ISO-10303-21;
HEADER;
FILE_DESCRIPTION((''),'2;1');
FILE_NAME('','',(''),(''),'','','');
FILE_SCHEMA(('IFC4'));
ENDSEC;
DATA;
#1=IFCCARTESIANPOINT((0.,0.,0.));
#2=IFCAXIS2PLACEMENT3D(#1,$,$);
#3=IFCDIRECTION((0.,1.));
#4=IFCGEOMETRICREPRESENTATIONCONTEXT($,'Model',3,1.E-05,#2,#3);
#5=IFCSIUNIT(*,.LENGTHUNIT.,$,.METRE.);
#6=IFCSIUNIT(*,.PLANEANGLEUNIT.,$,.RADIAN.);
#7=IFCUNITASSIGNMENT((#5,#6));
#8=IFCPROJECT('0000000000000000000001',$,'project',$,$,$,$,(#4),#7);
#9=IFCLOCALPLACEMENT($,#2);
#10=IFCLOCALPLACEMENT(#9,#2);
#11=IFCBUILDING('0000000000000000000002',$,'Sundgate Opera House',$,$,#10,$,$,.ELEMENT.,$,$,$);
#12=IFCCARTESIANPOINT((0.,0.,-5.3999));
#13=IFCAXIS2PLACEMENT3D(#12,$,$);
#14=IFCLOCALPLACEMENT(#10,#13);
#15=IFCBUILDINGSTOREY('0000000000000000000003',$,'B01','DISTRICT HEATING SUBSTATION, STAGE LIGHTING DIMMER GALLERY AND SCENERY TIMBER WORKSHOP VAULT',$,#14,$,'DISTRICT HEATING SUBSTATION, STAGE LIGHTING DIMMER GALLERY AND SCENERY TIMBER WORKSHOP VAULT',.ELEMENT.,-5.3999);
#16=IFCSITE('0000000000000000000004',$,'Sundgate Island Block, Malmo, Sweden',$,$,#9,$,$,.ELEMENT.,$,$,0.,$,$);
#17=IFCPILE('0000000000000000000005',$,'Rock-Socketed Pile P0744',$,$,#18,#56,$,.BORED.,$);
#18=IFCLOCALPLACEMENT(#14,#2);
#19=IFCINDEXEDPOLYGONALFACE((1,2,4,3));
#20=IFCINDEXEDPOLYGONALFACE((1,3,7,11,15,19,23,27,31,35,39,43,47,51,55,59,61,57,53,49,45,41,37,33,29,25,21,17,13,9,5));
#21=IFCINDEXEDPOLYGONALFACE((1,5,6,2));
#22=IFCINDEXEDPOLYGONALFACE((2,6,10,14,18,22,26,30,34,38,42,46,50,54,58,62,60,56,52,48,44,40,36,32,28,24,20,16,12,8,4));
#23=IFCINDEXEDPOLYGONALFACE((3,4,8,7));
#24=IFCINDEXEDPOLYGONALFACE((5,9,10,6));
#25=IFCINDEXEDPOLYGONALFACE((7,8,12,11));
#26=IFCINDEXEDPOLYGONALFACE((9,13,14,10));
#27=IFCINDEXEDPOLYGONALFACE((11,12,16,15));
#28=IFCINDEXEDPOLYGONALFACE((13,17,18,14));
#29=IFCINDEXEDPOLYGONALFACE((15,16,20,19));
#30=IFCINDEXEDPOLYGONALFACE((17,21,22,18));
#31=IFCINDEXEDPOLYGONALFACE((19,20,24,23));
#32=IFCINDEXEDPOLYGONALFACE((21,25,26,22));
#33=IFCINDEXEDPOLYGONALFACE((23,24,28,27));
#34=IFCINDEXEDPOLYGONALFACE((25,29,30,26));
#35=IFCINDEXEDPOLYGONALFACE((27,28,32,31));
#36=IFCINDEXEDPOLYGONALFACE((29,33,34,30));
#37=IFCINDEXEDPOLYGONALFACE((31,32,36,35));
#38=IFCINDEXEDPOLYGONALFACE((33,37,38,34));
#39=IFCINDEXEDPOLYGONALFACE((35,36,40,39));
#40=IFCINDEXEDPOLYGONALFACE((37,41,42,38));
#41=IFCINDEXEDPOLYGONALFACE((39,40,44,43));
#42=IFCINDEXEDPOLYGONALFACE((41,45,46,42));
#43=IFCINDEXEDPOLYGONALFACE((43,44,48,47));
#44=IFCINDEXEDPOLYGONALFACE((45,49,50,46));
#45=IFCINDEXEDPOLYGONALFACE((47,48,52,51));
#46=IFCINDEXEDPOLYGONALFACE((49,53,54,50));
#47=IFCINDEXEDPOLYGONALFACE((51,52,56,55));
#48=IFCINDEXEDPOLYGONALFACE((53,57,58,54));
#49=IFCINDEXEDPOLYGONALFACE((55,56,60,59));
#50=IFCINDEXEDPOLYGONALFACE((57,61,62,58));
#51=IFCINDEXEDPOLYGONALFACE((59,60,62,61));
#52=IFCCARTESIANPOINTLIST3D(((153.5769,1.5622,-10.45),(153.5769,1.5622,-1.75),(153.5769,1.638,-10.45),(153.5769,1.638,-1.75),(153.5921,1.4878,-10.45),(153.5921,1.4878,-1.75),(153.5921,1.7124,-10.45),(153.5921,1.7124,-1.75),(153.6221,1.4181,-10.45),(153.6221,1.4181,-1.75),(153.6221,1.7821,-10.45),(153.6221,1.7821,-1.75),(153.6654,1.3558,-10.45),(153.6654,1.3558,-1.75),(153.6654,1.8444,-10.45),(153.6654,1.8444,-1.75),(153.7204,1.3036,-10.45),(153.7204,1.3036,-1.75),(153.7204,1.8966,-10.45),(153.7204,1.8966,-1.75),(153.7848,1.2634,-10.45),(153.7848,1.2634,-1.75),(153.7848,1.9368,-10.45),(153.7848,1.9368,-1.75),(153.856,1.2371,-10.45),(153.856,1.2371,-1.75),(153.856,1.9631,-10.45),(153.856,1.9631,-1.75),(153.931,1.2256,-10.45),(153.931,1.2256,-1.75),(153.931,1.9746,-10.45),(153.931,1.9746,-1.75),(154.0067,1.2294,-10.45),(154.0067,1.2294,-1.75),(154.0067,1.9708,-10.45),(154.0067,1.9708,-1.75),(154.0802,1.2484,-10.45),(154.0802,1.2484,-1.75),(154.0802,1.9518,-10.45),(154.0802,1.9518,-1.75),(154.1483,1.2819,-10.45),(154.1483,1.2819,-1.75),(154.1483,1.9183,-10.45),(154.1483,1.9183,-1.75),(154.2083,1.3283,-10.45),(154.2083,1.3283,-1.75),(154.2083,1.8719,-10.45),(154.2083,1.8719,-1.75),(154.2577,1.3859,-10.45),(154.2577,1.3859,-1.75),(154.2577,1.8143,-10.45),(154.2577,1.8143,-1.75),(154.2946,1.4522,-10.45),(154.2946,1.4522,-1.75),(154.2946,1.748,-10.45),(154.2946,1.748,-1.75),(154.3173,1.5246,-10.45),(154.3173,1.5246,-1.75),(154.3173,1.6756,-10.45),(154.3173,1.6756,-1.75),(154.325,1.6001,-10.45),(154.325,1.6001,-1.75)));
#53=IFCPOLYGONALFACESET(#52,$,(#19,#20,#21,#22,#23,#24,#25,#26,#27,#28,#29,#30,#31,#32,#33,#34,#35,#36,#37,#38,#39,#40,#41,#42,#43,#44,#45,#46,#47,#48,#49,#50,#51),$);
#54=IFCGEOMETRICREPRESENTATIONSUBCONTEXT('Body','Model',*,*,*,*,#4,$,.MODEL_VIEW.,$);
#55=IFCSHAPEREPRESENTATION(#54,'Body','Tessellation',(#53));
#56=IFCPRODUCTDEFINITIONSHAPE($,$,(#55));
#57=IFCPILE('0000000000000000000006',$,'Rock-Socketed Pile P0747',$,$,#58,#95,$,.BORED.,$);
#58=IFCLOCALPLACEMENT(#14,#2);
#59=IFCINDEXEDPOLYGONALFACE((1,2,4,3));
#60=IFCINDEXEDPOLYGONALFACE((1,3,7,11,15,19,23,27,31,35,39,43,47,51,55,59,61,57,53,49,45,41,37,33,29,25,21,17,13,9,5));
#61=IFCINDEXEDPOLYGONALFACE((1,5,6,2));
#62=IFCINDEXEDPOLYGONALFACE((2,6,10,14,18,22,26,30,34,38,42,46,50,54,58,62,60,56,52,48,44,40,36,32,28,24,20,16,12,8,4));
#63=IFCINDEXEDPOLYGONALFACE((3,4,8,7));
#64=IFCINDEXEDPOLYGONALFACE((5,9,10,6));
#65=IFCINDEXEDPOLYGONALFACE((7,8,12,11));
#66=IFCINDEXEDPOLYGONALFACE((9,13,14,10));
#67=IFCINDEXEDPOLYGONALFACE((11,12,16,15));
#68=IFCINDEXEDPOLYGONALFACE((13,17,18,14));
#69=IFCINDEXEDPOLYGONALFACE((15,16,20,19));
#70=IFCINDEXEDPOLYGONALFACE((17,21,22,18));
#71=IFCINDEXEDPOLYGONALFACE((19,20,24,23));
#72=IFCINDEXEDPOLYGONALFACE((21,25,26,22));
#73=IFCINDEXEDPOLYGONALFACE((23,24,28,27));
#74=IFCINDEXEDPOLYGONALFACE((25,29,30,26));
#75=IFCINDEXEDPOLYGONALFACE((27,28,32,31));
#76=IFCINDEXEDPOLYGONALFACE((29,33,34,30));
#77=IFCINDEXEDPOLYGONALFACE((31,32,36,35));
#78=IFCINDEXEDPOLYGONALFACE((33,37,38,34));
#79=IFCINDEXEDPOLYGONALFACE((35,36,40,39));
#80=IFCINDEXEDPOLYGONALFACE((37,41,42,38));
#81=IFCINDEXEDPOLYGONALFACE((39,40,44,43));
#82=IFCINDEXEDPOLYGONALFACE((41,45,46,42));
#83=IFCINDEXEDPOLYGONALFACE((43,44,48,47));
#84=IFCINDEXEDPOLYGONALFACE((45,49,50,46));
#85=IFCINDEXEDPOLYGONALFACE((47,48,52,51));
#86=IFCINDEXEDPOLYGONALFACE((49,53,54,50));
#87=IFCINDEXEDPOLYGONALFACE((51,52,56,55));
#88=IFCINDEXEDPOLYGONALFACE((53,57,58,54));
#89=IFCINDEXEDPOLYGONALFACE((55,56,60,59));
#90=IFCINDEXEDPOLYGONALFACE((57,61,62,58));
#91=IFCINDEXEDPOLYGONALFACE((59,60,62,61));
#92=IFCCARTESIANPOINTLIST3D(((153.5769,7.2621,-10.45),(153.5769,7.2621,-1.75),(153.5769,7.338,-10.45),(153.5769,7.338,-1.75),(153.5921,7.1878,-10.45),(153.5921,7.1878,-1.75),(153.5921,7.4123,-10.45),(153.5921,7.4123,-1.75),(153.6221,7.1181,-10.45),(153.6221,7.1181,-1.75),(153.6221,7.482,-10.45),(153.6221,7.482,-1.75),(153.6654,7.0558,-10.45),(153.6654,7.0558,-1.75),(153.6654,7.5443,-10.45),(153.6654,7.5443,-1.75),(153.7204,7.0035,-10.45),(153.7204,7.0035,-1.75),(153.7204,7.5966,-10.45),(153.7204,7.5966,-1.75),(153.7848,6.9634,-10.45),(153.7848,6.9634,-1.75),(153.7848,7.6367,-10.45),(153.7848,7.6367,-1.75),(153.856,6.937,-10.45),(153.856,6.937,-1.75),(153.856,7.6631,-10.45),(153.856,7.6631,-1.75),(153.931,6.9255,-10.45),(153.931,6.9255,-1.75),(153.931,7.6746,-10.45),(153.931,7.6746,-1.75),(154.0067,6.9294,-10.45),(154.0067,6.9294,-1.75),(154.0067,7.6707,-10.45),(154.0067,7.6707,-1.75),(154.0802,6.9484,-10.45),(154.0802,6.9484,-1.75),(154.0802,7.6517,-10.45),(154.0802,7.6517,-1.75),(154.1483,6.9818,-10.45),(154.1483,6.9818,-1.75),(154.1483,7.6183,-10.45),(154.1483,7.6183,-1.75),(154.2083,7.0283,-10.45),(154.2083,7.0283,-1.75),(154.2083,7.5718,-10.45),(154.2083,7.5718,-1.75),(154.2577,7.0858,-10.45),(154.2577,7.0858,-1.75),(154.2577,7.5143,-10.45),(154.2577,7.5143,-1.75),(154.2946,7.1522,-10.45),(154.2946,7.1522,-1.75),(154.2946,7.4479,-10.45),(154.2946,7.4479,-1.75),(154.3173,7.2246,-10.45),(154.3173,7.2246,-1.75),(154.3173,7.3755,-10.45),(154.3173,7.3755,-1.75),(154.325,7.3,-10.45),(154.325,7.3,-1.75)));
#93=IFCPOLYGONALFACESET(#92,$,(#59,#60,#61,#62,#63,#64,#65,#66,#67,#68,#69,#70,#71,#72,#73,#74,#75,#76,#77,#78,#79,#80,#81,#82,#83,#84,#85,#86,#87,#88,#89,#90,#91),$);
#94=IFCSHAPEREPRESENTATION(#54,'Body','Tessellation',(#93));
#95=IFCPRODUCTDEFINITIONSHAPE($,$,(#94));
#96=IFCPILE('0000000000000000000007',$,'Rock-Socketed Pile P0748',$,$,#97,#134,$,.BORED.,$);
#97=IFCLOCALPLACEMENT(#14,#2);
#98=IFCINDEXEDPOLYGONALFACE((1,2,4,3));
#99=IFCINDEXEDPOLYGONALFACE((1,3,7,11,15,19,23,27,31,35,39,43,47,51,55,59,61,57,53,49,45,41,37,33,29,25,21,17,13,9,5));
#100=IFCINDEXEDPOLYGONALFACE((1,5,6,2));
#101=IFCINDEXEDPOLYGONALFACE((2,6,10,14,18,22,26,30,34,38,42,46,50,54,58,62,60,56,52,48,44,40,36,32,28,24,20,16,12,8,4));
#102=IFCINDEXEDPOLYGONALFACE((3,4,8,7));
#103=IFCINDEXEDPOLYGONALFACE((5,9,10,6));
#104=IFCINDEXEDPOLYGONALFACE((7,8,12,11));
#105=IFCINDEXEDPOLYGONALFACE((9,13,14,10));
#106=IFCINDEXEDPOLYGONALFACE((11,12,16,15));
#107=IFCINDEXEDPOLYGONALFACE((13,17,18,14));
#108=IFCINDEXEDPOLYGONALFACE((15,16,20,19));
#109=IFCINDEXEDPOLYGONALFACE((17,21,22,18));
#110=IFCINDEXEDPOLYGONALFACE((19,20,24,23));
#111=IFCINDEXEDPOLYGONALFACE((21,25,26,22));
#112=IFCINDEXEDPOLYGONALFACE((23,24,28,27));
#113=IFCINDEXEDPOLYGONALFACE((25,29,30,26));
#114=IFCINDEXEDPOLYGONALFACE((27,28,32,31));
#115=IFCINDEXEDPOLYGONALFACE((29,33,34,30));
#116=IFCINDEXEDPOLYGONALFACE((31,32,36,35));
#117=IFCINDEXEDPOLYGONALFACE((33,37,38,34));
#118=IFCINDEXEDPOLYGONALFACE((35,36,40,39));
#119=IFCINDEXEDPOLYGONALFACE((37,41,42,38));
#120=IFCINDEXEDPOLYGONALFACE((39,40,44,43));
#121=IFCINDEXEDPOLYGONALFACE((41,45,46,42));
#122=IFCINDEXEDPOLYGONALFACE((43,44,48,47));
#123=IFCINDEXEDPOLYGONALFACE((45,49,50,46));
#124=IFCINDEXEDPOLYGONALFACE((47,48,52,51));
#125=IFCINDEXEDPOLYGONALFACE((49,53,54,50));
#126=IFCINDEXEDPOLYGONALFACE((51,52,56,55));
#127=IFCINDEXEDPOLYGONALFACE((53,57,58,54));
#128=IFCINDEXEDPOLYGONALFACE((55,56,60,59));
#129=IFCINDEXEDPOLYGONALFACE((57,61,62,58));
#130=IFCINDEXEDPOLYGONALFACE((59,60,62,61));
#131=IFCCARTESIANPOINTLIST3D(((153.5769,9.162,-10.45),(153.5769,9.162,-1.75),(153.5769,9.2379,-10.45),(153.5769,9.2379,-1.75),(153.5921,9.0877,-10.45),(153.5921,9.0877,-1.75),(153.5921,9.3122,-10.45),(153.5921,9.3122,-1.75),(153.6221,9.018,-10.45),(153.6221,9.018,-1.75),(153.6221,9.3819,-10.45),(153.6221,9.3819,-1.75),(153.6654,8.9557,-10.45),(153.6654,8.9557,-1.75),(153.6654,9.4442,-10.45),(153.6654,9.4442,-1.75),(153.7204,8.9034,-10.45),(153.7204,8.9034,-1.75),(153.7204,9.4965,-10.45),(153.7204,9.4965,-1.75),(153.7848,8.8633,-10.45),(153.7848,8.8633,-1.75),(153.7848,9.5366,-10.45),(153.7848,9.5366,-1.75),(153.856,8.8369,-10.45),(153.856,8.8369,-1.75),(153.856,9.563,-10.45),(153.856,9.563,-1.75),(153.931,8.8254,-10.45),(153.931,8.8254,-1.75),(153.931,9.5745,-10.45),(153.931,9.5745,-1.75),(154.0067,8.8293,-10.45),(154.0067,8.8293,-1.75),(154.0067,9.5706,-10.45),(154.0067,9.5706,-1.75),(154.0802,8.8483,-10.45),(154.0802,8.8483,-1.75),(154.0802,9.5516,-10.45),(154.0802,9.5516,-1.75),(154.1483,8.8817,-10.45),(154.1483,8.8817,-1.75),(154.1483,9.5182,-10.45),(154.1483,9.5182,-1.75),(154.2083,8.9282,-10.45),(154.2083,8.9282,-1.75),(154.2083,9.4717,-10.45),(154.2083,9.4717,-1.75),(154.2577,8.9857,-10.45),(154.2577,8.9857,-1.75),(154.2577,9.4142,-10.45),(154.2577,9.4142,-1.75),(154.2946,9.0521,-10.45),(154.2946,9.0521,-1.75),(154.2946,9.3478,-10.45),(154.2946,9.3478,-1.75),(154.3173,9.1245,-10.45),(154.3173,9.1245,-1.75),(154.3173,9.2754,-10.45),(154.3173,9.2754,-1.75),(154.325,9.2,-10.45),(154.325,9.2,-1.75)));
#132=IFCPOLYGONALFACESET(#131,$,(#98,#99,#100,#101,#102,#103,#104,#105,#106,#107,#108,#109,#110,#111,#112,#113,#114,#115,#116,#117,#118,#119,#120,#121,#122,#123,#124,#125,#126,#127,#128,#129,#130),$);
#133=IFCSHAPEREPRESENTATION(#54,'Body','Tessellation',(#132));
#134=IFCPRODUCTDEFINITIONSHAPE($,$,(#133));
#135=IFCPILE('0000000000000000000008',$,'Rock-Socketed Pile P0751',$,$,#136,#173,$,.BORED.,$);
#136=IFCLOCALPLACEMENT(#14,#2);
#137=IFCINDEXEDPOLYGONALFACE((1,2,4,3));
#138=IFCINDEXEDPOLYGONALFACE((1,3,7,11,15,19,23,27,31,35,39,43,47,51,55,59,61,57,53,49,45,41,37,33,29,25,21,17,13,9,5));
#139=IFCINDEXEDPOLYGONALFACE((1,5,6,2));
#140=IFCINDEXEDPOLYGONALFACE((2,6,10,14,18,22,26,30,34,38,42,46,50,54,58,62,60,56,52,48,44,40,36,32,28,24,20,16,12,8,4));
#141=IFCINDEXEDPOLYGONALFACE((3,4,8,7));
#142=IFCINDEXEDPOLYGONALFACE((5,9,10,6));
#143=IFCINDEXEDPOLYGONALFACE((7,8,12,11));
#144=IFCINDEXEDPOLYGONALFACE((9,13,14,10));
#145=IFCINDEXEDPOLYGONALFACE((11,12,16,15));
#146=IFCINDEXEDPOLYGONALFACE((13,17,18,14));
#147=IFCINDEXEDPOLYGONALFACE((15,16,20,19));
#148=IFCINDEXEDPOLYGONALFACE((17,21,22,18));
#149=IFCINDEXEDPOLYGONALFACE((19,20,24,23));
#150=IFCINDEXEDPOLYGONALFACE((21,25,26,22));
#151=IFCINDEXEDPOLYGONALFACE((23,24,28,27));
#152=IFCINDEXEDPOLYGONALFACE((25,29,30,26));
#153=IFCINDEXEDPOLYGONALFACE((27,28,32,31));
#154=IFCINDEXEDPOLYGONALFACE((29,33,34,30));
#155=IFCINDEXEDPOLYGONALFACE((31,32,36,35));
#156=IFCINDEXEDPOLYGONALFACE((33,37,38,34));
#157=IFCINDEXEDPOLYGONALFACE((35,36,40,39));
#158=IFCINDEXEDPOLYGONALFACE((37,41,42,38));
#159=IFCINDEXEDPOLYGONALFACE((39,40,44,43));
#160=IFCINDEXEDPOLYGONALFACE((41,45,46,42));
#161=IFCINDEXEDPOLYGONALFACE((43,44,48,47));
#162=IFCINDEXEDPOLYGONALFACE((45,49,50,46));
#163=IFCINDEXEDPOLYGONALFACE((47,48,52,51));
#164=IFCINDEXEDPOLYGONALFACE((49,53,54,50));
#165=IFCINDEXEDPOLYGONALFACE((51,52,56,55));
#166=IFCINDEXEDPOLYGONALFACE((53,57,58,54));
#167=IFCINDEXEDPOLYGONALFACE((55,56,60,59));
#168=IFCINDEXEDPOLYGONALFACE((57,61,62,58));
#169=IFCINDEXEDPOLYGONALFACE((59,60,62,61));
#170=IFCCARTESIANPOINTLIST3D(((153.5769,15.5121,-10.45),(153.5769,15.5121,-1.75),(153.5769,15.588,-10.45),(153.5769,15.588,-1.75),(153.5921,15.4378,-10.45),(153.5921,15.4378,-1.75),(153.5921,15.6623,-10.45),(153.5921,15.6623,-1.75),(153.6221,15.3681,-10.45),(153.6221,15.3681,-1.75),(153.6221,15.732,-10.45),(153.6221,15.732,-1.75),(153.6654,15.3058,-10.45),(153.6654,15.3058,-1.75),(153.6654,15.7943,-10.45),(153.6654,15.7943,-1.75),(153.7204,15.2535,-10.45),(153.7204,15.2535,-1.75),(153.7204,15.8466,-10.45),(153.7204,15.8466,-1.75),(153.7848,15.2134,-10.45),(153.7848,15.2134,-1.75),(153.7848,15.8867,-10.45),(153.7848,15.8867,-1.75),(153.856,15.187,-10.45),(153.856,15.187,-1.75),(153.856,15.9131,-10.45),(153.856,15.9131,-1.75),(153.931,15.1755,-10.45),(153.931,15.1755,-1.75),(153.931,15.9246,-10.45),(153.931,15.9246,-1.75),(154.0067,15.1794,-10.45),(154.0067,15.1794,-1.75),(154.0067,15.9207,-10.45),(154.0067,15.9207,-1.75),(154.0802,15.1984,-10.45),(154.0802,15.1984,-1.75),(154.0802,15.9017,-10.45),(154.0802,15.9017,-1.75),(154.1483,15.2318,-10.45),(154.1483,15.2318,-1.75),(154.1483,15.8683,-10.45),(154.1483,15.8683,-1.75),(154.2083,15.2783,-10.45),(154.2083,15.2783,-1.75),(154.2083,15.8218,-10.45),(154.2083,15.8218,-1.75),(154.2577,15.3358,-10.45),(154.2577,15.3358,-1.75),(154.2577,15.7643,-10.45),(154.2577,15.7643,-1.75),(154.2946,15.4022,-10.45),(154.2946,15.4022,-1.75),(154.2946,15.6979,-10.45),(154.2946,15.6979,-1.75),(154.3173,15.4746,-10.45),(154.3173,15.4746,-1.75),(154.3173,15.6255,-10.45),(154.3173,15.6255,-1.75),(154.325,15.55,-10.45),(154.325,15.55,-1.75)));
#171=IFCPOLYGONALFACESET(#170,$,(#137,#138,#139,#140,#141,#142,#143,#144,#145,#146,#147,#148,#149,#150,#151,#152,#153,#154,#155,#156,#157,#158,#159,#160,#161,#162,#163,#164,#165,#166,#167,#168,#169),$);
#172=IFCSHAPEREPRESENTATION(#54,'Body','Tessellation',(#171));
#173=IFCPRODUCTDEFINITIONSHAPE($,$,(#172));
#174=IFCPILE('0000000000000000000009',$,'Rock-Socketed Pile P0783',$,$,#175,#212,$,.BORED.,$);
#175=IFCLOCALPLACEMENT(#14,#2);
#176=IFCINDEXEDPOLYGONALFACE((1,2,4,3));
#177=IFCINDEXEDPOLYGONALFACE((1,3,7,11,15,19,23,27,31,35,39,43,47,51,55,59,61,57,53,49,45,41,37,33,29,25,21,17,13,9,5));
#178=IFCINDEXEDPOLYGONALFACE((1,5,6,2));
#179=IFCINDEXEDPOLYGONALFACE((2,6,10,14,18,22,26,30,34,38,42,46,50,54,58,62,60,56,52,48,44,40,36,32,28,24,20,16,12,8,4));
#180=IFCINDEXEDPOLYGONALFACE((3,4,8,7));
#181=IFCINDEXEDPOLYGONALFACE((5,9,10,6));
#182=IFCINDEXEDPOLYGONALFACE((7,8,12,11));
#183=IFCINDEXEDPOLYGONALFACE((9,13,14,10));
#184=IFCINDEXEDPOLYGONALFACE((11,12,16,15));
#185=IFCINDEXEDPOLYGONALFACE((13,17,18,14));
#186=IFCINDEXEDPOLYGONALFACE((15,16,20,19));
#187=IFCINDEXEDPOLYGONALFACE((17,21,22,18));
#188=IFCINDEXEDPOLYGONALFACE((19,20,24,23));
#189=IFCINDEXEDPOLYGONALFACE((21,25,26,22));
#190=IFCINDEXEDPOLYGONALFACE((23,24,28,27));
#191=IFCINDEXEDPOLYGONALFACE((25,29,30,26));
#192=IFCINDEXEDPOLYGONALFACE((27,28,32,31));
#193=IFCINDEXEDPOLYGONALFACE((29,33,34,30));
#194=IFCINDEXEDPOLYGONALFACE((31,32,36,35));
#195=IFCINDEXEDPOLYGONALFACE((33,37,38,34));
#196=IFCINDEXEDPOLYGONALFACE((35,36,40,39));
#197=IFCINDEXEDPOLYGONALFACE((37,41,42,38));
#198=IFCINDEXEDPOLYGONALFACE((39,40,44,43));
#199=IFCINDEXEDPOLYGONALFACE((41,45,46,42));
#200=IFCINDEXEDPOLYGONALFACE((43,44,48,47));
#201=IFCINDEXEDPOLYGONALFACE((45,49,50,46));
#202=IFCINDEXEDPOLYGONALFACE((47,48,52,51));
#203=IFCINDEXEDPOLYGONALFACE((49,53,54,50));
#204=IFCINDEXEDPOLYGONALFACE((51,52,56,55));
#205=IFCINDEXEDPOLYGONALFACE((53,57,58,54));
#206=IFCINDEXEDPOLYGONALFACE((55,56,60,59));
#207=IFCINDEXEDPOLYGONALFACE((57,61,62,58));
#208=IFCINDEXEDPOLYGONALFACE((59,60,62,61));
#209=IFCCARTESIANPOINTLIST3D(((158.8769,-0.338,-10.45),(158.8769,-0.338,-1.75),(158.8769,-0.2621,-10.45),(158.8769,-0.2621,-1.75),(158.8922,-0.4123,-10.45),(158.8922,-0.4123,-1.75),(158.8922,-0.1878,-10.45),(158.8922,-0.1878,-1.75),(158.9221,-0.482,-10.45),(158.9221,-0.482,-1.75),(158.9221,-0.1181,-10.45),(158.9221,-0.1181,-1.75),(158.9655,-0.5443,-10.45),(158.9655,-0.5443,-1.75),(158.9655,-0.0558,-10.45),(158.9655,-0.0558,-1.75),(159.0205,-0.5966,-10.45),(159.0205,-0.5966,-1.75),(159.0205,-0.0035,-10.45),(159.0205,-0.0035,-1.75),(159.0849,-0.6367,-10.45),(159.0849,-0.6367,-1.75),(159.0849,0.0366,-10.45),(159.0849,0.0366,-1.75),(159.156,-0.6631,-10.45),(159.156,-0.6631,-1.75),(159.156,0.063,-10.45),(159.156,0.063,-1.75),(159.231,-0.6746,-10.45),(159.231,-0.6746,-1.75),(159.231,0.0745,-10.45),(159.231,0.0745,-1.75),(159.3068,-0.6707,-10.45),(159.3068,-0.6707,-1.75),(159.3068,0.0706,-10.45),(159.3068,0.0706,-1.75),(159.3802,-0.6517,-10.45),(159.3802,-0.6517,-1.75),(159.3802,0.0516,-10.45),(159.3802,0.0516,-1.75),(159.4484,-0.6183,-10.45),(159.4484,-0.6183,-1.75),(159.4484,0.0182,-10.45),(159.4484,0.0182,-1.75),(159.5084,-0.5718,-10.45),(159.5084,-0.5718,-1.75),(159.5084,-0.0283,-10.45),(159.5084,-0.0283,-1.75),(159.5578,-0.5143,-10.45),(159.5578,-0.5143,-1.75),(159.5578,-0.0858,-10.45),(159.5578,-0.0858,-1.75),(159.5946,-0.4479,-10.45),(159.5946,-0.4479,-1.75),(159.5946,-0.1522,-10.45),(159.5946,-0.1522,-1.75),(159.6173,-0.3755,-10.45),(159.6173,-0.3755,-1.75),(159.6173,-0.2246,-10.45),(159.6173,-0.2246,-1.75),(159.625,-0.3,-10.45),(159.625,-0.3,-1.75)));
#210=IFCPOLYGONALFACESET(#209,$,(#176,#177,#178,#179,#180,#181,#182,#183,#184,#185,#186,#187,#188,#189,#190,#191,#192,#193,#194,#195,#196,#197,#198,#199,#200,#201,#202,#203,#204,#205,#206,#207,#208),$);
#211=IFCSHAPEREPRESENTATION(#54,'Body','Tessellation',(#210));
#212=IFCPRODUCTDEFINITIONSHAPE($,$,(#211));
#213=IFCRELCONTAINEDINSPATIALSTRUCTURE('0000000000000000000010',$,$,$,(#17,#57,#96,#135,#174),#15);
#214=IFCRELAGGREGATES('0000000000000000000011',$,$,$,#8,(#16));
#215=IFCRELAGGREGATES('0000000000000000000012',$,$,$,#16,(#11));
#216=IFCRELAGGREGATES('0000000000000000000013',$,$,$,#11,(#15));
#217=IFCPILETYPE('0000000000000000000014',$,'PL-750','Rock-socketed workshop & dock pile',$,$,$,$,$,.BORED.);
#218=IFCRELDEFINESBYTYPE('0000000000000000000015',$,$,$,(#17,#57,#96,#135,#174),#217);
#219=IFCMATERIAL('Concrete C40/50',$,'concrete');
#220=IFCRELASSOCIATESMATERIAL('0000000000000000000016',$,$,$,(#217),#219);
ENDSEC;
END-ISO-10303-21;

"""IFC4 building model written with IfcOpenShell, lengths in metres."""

from ifc_helpers import new_model, si_unit, direction, frame, origin, origin_2d, place, context, subcontext, project, spatial, circle, extrude, material, material_profile, profile_set, type_object, element, save


model = new_model("IFC4")

# Units and contexts
model_context = context("Model", 3, precision=1e-05, world=origin(), true_north=direction((0.0, 1.0)))
body_context = subcontext(model_context, "Body", "Model", "MODEL_VIEW")
ifc_project = project(units=[si_unit("LENGTHUNIT", "METRE"), si_unit("PLANEANGLEUNIT", "RADIAN")], contexts=[model_context])

# Site, building, storey
site_placement = place(None, origin())
site = spatial("IfcSite", under=ifc_project, at=site_placement, Name="Sundgate Island Block, Malmo, Sweden", CompositionType="ELEMENT", RefElevation=0.0)
building_placement = place(site_placement, origin())
building = spatial("IfcBuilding", under=site, at=building_placement, Name="Sundgate Opera House", CompositionType="ELEMENT")
storey_placement = place(building_placement, frame((0.0, 0.0, -5.3999)))
storey = spatial("IfcBuildingStorey", under=building, at=storey_placement, Name="B01", Description="DISTRICT HEATING SUBSTATION, STAGE LIGHTING DIMMER GALLERY AND SCENERY TIMBER WORKSHOP VAULT", LongName="DISTRICT HEATING SUBSTATION, STAGE LIGHTING DIMMER GALLERY AND SCENERY TIMBER WORKSHOP VAULT", CompositionType="ELEMENT", Elevation=-5.3999)

# Piles
ifc_material_1 = material(Name="Concrete C40/50", Category="concrete")
ifc_material_profile_1 = material_profile(ifc_material_1, circle(Radius=0.375, at=origin_2d()), Name="PILE D750")
ifc_profile_set_1 = profile_set([ifc_material_profile_1], Name="Concrete C40/50")
pile_type = type_object("IfcPileType", Name="PL-750", Description="Rock-socketed workshop & dock pile", PredefinedType="BORED", material=ifc_profile_set_1)
for number, where, z_axis, x_axis, name in (
    (1, (153.95, 1.6001, -1.75), (0.0, 0.0, -1.0), (1.0, 0.0, 0.0), "Rock-Socketed Pile P0744"),
    (2, (153.95, 7.3, -1.75), (0.0, 0.0, -1.0), (1.0, 0.0, 0.0), "Rock-Socketed Pile P0747"),
    (3, (153.95, 9.2, -1.75), (0.0, 0.0, -1.0), (1.0, 0.0, 0.0), "Rock-Socketed Pile P0748"),
    (4, (153.95, 15.55, -1.75), (0.0, 0.0, -1.0), (1.0, 0.0, 0.0), "Rock-Socketed Pile P0751"),
    (5, (159.25, -0.3, -1.75), (0.0, 0.0, -1.0), (1.0, 0.0, 0.0), "Rock-Socketed Pile P0783"),
):
    element("IfcPile", number, at=place(storey_placement, frame(where, z_axis=z_axis, x_axis=x_axis)), inside=storey, type_object=pile_type, Name=name, PredefinedType="BORED", context=body_context, shape_type="SweptSolid", body=[
        extrude(circle(Radius=0.375, at=origin_2d()), origin(), (0.0, 0.0, 1.0), 8.7),
    ])

save(model, "model.ifc")
